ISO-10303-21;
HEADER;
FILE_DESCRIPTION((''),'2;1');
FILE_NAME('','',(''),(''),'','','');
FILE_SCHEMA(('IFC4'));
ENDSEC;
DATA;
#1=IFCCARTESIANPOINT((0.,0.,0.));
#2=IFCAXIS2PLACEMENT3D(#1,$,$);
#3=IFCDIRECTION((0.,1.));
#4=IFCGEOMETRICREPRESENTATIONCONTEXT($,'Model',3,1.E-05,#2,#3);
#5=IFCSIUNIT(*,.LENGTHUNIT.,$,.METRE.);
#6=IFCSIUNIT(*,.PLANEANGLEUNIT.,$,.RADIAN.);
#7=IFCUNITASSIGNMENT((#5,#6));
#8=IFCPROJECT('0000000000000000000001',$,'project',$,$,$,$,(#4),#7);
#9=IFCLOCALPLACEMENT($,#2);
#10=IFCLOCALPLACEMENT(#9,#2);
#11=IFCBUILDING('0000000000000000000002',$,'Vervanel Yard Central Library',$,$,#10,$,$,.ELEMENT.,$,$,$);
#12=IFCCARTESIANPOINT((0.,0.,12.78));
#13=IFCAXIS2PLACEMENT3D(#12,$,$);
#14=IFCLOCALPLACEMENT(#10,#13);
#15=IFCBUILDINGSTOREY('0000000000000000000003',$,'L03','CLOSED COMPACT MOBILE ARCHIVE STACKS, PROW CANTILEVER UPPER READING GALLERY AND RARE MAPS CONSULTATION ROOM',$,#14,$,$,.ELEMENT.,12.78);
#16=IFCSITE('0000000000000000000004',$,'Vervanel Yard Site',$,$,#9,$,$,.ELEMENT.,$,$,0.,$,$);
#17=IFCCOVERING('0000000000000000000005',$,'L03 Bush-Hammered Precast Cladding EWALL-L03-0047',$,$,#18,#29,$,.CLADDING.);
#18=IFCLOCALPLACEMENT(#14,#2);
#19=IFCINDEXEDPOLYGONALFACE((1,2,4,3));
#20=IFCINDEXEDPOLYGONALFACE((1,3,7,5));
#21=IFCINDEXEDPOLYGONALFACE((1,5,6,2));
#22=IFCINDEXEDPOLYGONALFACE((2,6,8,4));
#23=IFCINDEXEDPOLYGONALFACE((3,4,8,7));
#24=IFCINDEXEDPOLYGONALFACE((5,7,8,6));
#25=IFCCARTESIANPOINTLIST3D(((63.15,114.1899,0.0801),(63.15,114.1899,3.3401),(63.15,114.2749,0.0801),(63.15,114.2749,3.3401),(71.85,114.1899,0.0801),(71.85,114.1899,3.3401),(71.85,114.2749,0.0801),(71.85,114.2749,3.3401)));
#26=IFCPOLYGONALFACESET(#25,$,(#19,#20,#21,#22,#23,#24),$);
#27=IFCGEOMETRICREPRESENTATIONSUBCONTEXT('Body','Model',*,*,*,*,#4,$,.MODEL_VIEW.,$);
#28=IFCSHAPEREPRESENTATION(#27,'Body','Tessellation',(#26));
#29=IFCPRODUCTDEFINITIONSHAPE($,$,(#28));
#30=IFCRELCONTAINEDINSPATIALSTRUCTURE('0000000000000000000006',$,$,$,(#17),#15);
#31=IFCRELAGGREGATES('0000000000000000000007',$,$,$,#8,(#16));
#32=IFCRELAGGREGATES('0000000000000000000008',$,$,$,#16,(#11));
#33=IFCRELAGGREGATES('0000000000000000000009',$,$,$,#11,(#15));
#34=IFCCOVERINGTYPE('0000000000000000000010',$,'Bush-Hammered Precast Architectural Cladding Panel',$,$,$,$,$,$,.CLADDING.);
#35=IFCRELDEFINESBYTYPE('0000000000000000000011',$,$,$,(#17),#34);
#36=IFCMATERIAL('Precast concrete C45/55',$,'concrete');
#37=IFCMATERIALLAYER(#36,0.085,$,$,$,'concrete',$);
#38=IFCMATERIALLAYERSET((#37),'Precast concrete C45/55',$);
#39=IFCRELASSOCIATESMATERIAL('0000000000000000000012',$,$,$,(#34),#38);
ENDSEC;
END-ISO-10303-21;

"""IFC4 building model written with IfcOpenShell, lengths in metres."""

from ifc_helpers import new_model, si_unit, direction, frame, origin, origin_2d, place, context, subcontext, project, spatial, rectangle, extrude, material, layer, layer_set, type_object, element, save


model = new_model("IFC4")

# Units and contexts
model_context = context("Model", 3, precision=1e-05, world=origin(), true_north=direction((0.0, 1.0)))
body_context = subcontext(model_context, "Body", "Model", "MODEL_VIEW")
ifc_project = project(units=[si_unit("LENGTHUNIT", "METRE"), si_unit("PLANEANGLEUNIT", "RADIAN")], contexts=[model_context])

# Site, building, storey
site_placement = place(None, origin())
site = spatial("IfcSite", under=ifc_project, at=site_placement, Name="Vervanel Yard Site", CompositionType="ELEMENT", RefElevation=0.0)
building_placement = place(site_placement, origin())
building = spatial("IfcBuilding", under=site, at=building_placement, Name="Vervanel Yard Central Library", CompositionType="ELEMENT")
storey_placement = place(building_placement, frame((0.0, 0.0, 12.78)))
storey = spatial("IfcBuildingStorey", under=building, at=storey_placement, Name="L03", Description="CLOSED COMPACT MOBILE ARCHIVE STACKS, PROW CANTILEVER UPPER READING GALLERY AND RARE MAPS CONSULTATION ROOM", CompositionType="ELEMENT", Elevation=12.78)

# Covering
ifc_material_1 = material(Name="Precast concrete C45/55", Category="concrete")
ifc_layer_1 = layer(ifc_material_1, 0.085, Category="concrete")
ifc_layer_set_1 = layer_set([ifc_layer_1], Name="Precast concrete C45/55")
covering_type = type_object("IfcCoveringType", Name="Bush-Hammered Precast Architectural Cladding Panel", PredefinedType="CLADDING", material=ifc_layer_set_1)
covering_1_placement = place(storey_placement, frame((67.5, 114.2324, 0.0801), z_axis=(0.0, 0.0, 1.0), x_axis=(1.0, 0.0, 0.0)))
element("IfcCovering", 1, at=covering_1_placement, inside=storey, type_object=covering_type, Name="L03 Bush-Hammered Precast Cladding EWALL-L03-0047", PredefinedType="CLADDING", context=body_context, shape_type="SweptSolid", body=[
    extrude(rectangle(XDim=8.7, YDim=0.085, at=origin_2d()), origin(), (0.0, 0.0, 1.0), 3.26),
])

save(model, "model.ifc")
